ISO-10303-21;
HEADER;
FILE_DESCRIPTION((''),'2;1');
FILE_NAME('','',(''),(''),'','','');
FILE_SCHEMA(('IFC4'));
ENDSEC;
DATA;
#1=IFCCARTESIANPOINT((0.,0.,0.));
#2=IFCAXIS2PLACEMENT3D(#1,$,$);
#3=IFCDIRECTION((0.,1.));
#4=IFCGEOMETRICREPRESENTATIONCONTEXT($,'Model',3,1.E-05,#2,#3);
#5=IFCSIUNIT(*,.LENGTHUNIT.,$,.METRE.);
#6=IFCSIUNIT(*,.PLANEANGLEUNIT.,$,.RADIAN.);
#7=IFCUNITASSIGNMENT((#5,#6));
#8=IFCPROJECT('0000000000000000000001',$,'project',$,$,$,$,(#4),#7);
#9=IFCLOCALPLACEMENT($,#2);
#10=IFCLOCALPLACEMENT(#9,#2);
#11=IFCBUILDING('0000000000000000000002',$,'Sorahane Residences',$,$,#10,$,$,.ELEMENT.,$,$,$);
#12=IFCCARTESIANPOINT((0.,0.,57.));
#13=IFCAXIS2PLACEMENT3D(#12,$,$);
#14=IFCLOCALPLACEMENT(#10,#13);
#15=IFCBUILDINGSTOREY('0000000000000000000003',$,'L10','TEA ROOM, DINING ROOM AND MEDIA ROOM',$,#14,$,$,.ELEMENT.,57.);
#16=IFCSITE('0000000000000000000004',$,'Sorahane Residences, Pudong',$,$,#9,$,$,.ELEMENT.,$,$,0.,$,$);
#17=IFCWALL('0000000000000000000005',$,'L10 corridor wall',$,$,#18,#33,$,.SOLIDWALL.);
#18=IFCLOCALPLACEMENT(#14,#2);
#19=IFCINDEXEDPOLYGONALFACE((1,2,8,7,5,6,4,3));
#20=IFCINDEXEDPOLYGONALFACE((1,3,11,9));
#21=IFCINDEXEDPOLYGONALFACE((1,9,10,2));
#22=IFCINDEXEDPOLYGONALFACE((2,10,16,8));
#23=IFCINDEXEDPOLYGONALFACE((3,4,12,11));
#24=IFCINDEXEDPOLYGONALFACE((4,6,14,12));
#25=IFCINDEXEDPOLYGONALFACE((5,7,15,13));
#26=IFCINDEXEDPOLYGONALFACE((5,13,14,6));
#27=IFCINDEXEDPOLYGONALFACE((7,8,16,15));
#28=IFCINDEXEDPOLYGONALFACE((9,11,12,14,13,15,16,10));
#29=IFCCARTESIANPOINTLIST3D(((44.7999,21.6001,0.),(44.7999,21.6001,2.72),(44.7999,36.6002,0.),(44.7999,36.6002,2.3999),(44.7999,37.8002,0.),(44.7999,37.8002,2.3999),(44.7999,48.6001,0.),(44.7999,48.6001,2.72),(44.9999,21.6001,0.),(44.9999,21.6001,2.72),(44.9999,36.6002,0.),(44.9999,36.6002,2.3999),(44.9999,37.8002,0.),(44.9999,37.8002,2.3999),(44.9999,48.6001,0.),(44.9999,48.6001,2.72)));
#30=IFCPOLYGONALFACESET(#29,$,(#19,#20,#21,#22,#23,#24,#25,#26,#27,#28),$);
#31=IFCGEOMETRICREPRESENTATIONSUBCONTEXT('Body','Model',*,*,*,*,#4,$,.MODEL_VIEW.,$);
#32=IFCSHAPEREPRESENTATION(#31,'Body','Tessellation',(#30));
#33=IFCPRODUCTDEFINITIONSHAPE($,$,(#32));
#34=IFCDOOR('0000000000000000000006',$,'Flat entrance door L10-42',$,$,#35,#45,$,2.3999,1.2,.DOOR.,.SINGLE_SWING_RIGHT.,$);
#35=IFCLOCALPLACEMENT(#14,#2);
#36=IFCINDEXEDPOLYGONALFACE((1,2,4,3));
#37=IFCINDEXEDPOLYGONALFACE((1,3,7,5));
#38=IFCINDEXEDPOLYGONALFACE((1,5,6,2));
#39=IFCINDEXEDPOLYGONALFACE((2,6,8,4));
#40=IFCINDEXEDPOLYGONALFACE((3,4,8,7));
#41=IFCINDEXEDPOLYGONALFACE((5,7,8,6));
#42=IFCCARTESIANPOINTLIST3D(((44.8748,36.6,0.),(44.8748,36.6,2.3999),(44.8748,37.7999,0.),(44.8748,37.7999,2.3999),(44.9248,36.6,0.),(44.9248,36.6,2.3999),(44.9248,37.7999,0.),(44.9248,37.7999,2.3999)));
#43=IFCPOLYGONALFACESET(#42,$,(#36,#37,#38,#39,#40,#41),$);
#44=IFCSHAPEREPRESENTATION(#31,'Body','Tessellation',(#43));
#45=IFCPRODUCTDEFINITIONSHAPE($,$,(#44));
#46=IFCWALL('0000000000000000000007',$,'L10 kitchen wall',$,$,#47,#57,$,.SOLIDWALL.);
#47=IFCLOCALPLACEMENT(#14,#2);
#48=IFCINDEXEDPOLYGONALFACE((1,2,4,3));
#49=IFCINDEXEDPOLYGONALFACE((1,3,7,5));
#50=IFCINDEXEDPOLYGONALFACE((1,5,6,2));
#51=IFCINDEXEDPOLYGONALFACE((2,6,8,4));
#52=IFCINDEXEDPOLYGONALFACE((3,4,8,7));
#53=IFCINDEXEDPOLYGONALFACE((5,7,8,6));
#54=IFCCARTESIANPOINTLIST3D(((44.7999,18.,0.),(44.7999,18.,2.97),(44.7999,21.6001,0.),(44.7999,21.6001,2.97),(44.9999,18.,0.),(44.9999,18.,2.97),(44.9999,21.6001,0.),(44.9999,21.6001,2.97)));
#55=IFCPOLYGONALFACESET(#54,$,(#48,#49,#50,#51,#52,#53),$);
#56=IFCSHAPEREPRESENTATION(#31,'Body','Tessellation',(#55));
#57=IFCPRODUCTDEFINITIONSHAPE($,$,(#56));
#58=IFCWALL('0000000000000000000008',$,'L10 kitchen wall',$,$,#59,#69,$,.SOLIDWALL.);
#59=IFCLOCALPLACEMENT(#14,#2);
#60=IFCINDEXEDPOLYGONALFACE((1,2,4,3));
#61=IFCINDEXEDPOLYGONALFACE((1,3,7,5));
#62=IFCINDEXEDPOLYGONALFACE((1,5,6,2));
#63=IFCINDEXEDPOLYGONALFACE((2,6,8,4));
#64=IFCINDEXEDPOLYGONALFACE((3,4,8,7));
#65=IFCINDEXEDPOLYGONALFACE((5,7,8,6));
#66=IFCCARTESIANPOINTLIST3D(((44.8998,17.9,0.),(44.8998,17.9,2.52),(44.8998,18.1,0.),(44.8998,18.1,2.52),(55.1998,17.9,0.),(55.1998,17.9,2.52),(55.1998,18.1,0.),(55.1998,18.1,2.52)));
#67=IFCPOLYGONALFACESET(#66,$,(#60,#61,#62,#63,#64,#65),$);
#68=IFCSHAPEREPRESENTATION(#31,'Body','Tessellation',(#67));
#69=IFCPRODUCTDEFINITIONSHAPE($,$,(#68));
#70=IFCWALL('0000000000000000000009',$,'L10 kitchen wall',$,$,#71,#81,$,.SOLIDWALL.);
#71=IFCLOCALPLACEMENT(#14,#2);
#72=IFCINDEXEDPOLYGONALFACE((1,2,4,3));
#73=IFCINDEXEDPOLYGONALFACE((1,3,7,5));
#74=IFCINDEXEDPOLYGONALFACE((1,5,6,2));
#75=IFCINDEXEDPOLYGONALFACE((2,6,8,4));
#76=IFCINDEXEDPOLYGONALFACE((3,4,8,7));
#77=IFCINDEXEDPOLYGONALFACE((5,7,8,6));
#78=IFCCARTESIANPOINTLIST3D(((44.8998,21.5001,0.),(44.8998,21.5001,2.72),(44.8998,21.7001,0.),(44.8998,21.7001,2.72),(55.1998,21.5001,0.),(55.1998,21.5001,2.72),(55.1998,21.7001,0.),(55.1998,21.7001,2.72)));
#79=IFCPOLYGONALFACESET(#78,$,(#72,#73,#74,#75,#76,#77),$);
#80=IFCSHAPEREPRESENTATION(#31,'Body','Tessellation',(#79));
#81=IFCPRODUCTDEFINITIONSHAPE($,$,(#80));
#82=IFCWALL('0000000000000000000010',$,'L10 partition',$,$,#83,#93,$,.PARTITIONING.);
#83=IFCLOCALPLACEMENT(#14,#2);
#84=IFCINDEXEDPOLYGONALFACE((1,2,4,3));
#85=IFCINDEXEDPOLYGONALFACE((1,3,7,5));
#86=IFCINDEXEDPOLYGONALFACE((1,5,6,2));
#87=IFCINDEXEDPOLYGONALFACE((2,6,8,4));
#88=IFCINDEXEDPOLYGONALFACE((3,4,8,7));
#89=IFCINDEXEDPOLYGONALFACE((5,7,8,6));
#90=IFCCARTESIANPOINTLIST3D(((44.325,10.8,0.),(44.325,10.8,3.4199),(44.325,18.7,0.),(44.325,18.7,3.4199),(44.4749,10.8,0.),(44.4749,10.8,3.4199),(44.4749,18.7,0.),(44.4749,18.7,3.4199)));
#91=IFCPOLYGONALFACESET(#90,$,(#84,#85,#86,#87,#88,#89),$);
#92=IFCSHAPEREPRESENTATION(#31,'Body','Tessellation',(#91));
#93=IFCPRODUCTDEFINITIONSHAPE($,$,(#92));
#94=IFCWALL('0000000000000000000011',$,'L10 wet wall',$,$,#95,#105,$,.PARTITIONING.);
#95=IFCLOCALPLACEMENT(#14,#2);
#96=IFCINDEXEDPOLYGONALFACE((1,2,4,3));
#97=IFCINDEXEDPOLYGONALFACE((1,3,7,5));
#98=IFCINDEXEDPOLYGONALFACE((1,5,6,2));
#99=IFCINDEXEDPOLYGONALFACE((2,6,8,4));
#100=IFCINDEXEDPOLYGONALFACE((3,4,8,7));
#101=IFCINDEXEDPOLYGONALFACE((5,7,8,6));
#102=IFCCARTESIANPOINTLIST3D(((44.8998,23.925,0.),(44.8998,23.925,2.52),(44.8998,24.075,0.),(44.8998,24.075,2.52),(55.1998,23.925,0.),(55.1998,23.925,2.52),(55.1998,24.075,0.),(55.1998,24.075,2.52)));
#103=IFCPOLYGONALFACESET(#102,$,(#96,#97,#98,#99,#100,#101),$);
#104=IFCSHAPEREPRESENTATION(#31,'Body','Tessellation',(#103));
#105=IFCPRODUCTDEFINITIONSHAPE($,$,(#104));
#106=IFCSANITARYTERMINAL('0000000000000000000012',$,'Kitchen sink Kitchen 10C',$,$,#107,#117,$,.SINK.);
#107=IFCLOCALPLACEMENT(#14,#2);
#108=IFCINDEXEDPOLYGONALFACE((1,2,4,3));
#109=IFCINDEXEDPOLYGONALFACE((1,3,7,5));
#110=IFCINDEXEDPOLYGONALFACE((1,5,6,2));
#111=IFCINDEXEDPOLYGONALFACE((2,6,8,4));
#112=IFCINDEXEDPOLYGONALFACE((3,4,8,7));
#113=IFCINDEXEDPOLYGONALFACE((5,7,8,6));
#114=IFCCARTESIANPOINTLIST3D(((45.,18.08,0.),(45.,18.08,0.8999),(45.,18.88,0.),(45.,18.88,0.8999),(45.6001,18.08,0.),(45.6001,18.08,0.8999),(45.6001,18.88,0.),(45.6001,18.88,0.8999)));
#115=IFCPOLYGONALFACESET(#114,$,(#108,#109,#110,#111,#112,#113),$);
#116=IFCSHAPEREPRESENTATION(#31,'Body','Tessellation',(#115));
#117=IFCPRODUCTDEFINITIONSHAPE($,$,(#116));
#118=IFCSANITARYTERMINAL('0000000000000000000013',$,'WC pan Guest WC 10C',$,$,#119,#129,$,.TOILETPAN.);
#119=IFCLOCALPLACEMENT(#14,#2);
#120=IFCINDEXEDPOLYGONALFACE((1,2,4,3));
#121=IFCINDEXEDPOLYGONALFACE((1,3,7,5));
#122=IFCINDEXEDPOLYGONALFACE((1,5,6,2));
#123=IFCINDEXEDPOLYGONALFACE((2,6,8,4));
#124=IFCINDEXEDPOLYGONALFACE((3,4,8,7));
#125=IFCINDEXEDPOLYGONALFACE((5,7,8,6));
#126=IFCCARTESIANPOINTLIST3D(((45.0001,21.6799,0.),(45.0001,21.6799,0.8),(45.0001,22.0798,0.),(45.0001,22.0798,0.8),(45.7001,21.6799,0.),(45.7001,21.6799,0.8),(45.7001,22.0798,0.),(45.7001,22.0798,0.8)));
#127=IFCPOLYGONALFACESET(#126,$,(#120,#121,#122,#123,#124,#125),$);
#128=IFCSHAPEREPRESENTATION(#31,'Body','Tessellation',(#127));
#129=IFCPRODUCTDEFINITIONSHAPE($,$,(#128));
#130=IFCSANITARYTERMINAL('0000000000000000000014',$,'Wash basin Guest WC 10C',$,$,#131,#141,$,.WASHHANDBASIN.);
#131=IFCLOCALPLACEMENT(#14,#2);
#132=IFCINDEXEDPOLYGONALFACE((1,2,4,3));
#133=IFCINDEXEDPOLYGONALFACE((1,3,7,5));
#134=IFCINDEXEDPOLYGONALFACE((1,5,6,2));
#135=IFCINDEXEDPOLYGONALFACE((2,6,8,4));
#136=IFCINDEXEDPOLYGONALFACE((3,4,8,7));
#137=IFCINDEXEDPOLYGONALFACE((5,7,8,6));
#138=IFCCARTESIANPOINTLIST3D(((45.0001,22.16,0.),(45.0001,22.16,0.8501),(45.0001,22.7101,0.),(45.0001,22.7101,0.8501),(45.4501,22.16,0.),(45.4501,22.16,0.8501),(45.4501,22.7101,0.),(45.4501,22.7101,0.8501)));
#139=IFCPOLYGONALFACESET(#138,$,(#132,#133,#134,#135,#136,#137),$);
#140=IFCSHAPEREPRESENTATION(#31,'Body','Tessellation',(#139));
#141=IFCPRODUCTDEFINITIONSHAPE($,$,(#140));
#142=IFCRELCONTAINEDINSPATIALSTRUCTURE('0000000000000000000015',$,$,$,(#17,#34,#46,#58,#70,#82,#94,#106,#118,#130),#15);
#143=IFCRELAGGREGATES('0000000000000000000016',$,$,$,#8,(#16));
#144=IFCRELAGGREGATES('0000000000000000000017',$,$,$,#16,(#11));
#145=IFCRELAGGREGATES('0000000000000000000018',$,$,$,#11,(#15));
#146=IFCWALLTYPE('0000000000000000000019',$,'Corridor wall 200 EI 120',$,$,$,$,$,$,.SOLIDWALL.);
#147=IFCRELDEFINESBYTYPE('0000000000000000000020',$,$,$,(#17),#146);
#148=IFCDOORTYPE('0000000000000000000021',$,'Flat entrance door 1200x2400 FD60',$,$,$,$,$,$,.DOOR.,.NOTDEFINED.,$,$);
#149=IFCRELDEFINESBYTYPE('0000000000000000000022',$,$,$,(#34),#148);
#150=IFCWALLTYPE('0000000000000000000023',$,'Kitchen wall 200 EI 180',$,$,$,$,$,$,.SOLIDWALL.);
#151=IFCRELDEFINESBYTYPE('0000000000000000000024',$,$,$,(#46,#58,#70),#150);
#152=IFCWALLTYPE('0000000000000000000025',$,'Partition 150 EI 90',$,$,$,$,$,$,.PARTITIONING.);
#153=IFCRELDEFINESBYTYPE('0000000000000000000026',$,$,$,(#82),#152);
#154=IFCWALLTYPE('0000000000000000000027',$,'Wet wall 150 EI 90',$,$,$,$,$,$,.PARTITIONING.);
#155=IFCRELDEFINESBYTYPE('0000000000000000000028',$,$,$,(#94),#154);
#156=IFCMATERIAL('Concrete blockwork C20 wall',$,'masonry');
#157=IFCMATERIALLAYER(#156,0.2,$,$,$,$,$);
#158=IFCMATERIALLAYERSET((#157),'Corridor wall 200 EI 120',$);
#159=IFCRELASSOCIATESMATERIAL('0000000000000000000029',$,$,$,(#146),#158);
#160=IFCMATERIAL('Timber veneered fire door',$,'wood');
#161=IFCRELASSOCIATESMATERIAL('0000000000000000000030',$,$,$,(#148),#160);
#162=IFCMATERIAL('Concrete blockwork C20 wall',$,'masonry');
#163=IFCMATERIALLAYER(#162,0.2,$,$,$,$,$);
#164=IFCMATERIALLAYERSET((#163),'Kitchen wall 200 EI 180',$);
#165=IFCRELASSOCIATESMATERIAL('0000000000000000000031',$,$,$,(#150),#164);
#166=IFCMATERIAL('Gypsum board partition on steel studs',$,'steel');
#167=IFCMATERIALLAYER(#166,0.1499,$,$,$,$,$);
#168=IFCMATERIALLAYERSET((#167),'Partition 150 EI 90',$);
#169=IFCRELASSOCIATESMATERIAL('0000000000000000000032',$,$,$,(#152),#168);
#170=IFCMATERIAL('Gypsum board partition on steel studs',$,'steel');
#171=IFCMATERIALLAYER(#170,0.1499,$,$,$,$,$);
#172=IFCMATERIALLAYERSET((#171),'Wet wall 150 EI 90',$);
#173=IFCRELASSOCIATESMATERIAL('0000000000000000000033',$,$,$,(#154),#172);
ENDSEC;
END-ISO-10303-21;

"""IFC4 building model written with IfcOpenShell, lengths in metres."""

from ifc_helpers import new_model, si_unit, direction, frame, frame_2d, origin, origin_2d, place, context, subcontext, project, spatial, rectangle, extrude, material, layer, layer_set, type_object, element, fill, save


model = new_model("IFC4")

# Units and contexts
model_context = context("Model", 3, precision=1e-05, world=origin(), true_north=direction((0.0, 1.0)))
body_context = subcontext(model_context, "Body", "Model", "MODEL_VIEW")
ifc_project = project(units=[si_unit("LENGTHUNIT", "METRE"), si_unit("PLANEANGLEUNIT", "RADIAN")], contexts=[model_context])

# Site, building, storey
site_placement = place(None, origin())
site = spatial("IfcSite", under=ifc_project, at=site_placement, Name="Sorahane Residences, Pudong", CompositionType="ELEMENT", RefElevation=0.0)
building_placement = place(site_placement, origin())
building = spatial("IfcBuilding", under=site, at=building_placement, Name="Sorahane Residences", CompositionType="ELEMENT")
storey_placement = place(building_placement, frame((0.0, 0.0, 57.0)))
storey = spatial("IfcBuildingStorey", under=building, at=storey_placement, Name="L10", Description="TEA ROOM, DINING ROOM AND MEDIA ROOM", CompositionType="ELEMENT", Elevation=57.0)

# Wall, opening, door
ifc_material_1 = material(Name="Concrete blockwork C20 wall", Category="masonry")
ifc_layer_1 = layer(ifc_material_1, 0.2)
ifc_layer_set_1 = layer_set([ifc_layer_1], Name="Corridor wall 200 EI 120")
wall_type_1 = type_object("IfcWallType", Name="Corridor wall 200 EI 120", PredefinedType="SOLIDWALL", material=ifc_layer_set_1)
wall_1_placement = place(storey_placement, frame((44.8999, 21.6001, 0.0), z_axis=(0.0, 0.0, 1.0), x_axis=(0.0, 1.0, 0.0)))
wall_1 = element("IfcWall", 1, at=wall_1_placement, inside=storey, type_object=wall_type_1, Name="L10 corridor wall", PredefinedType="SOLIDWALL", context=body_context, shape_type="SweptSolid", body=[
    extrude(rectangle(XDim=27.0, YDim=0.2, at=frame_2d((13.5, 0.0))), origin(), (0.0, 0.0, 1.0), 2.72),
])
opening_placement = place(wall_1_placement, frame((15.0, 0.0, 0.0)))
opening = element("IfcOpeningElement", 2, at=opening_placement, cuts=wall_1, PredefinedType="OPENING", context=body_context, shape_type="SweptSolid", body=[
    extrude(rectangle(XDim=1.2, YDim=2.3999, at=frame_2d((0.6001, 1.2))), frame((0.0, 0.1099, 0.0), z_axis=(0.0, -1.0, 0.0), x_axis=(1.0, 0.0, 0.0)), (0.0, 0.0, 1.0), 0.22),
])
ifc_material_2 = material(Name="Timber veneered fire door", Category="wood")
door_type = type_object("IfcDoorType", Name="Flat entrance door 1200x2400 FD60", OperationType="NOTDEFINED", PredefinedType="DOOR", material=ifc_material_2)
door_placement = place(opening_placement, frame((1.2, 0.0, 0.0), z_axis=(0.0, 0.0, 1.0), x_axis=(-1.0, 0.0, 0.0)))
door = element("IfcDoor", 3, at=door_placement, inside=storey, type_object=door_type, Name="Flat entrance door L10-42", OperationType="SINGLE_SWING_RIGHT", OverallHeight=2.3999, OverallWidth=1.2, PredefinedType="DOOR", context=body_context, shape_type="SweptSolid", body=[
    extrude(rectangle(XDim=1.2, YDim=2.3999, at=frame_2d((0.6001, 1.2))), frame((0.0, 0.0249, 0.0), z_axis=(0.0, -1.0, 0.0), x_axis=(1.0, 0.0, 0.0)), (0.0, 0.0, 1.0), 0.05),
])
fill(opening, door)

# Walls
ifc_material_3 = material(Name="Concrete blockwork C20 wall", Category="masonry")
ifc_layer_2 = layer(ifc_material_3, 0.2)
ifc_layer_set_2 = layer_set([ifc_layer_2], Name="Kitchen wall 200 EI 180")
wall_type_2 = type_object("IfcWallType", Name="Kitchen wall 200 EI 180", PredefinedType="SOLIDWALL", material=ifc_layer_set_2)
wall_2_placement = place(storey_placement, frame((44.8999, 18.0, 0.0), z_axis=(0.0, 0.0, 1.0), x_axis=(0.0, 1.0, 0.0)))
element("IfcWall", 4, at=wall_2_placement, inside=storey, type_object=wall_type_2, Name="L10 kitchen wall", PredefinedType="SOLIDWALL", context=body_context, shape_type="SweptSolid", body=[
    extrude(rectangle(XDim=3.6001, YDim=0.2, at=frame_2d((1.8, 0.0))), origin(), (0.0, 0.0, 1.0), 2.97),
])
wall_3_placement = place(storey_placement, frame((44.8999, 18.0, 0.0), z_axis=(0.0, 0.0, 1.0), x_axis=(1.0, 0.0, 0.0)))
element("IfcWall", 5, at=wall_3_placement, inside=storey, type_object=wall_type_2, Name="L10 kitchen wall", PredefinedType="SOLIDWALL", context=body_context, shape_type="SweptSolid", body=[
    extrude(rectangle(XDim=10.3, YDim=0.2, at=frame_2d((5.1499, 0.0))), origin(), (0.0, 0.0, 1.0), 2.52),
])
wall_4_placement = place(storey_placement, frame((44.8999, 21.6001, 0.0), z_axis=(0.0, 0.0, 1.0), x_axis=(1.0, 0.0, 0.0)))
element("IfcWall", 6, at=wall_4_placement, inside=storey, type_object=wall_type_2, Name="L10 kitchen wall", PredefinedType="SOLIDWALL", context=body_context, shape_type="SweptSolid", body=[
    extrude(rectangle(XDim=10.3, YDim=0.2, at=frame_2d((5.1499, 0.0))), origin(), (0.0, 0.0, 1.0), 2.72),
])
ifc_material_4 = material(Name="Gypsum board partition on steel studs", Category="steel")
ifc_layer_3 = layer(ifc_material_4, 0.1499)
ifc_layer_set_3 = layer_set([ifc_layer_3], Name="Partition 150 EI 90")
wall_type_3 = type_object("IfcWallType", Name="Partition 150 EI 90", PredefinedType="PARTITIONING", material=ifc_layer_set_3)
wall_5_placement = place(storey_placement, frame((44.3999, 10.8, 0.0), z_axis=(0.0, 0.0, 1.0), x_axis=(0.0, 1.0, 0.0)))
element("IfcWall", 7, at=wall_5_placement, inside=storey, type_object=wall_type_3, Name="L10 partition", PredefinedType="PARTITIONING", context=body_context, shape_type="SweptSolid", body=[
    extrude(rectangle(XDim=7.8999, YDim=0.1499, at=frame_2d((3.95, 0.0))), origin(), (0.0, 0.0, 1.0), 3.4199),
])
ifc_material_5 = material(Name="Gypsum board partition on steel studs", Category="steel")
ifc_layer_4 = layer(ifc_material_5, 0.1499)
ifc_layer_set_4 = layer_set([ifc_layer_4], Name="Wet wall 150 EI 90")
wall_type_4 = type_object("IfcWallType", Name="Wet wall 150 EI 90", PredefinedType="PARTITIONING", material=ifc_layer_set_4)
wall_6_placement = place(storey_placement, frame((44.8999, 24.0, 0.0), z_axis=(0.0, 0.0, 1.0), x_axis=(1.0, 0.0, 0.0)))
element("IfcWall", 8, at=wall_6_placement, inside=storey, type_object=wall_type_4, Name="L10 wet wall", PredefinedType="PARTITIONING", context=body_context, shape_type="SweptSolid", body=[
    extrude(rectangle(XDim=10.3, YDim=0.1499, at=frame_2d((5.1499, 0.0))), origin(), (0.0, 0.0, 1.0), 2.52),
])

# Sanitary terminals
sanitary_terminal_1_placement = place(storey_placement, frame((45.3, 18.48, 0.0), z_axis=(0.0, 0.0, 1.0), x_axis=(0.0, 1.0, 0.0)))
element("IfcSanitaryTerminal", 9, at=sanitary_terminal_1_placement, inside=storey, Name="Kitchen sink Kitchen 10C", PredefinedType="SINK", context=body_context, shape_type="SweptSolid", body=[
    extrude(rectangle(XDim=0.8, YDim=0.6001, at=origin_2d()), origin(), (0.0, 0.0, 1.0), 0.8999),
])
sanitary_terminal_2_placement = place(storey_placement, frame((45.3501, 21.8799, 0.0), z_axis=(0.0, 0.0, 1.0), x_axis=(0.0, 1.0, 0.0)))
element("IfcSanitaryTerminal", 10, at=sanitary_terminal_2_placement, inside=storey, Name="WC pan Guest WC 10C", PredefinedType="TOILETPAN", context=body_context, shape_type="SweptSolid", body=[
    extrude(rectangle(XDim=0.3999, YDim=0.7, at=origin_2d()), origin(), (0.0, 0.0, 1.0), 0.8),
])
sanitary_terminal_3_placement = place(storey_placement, frame((45.2251, 22.4351, 0.0), z_axis=(0.0, 0.0, 1.0), x_axis=(0.0, 1.0, 0.0)))
element("IfcSanitaryTerminal", 11, at=sanitary_terminal_3_placement, inside=storey, Name="Wash basin Guest WC 10C", PredefinedType="WASHHANDBASIN", context=body_context, shape_type="SweptSolid", body=[
    extrude(rectangle(XDim=0.55, YDim=0.45, at=origin_2d()), origin(), (0.0, 0.0, 1.0), 0.8501),
])

save(model, "model.ifc")
